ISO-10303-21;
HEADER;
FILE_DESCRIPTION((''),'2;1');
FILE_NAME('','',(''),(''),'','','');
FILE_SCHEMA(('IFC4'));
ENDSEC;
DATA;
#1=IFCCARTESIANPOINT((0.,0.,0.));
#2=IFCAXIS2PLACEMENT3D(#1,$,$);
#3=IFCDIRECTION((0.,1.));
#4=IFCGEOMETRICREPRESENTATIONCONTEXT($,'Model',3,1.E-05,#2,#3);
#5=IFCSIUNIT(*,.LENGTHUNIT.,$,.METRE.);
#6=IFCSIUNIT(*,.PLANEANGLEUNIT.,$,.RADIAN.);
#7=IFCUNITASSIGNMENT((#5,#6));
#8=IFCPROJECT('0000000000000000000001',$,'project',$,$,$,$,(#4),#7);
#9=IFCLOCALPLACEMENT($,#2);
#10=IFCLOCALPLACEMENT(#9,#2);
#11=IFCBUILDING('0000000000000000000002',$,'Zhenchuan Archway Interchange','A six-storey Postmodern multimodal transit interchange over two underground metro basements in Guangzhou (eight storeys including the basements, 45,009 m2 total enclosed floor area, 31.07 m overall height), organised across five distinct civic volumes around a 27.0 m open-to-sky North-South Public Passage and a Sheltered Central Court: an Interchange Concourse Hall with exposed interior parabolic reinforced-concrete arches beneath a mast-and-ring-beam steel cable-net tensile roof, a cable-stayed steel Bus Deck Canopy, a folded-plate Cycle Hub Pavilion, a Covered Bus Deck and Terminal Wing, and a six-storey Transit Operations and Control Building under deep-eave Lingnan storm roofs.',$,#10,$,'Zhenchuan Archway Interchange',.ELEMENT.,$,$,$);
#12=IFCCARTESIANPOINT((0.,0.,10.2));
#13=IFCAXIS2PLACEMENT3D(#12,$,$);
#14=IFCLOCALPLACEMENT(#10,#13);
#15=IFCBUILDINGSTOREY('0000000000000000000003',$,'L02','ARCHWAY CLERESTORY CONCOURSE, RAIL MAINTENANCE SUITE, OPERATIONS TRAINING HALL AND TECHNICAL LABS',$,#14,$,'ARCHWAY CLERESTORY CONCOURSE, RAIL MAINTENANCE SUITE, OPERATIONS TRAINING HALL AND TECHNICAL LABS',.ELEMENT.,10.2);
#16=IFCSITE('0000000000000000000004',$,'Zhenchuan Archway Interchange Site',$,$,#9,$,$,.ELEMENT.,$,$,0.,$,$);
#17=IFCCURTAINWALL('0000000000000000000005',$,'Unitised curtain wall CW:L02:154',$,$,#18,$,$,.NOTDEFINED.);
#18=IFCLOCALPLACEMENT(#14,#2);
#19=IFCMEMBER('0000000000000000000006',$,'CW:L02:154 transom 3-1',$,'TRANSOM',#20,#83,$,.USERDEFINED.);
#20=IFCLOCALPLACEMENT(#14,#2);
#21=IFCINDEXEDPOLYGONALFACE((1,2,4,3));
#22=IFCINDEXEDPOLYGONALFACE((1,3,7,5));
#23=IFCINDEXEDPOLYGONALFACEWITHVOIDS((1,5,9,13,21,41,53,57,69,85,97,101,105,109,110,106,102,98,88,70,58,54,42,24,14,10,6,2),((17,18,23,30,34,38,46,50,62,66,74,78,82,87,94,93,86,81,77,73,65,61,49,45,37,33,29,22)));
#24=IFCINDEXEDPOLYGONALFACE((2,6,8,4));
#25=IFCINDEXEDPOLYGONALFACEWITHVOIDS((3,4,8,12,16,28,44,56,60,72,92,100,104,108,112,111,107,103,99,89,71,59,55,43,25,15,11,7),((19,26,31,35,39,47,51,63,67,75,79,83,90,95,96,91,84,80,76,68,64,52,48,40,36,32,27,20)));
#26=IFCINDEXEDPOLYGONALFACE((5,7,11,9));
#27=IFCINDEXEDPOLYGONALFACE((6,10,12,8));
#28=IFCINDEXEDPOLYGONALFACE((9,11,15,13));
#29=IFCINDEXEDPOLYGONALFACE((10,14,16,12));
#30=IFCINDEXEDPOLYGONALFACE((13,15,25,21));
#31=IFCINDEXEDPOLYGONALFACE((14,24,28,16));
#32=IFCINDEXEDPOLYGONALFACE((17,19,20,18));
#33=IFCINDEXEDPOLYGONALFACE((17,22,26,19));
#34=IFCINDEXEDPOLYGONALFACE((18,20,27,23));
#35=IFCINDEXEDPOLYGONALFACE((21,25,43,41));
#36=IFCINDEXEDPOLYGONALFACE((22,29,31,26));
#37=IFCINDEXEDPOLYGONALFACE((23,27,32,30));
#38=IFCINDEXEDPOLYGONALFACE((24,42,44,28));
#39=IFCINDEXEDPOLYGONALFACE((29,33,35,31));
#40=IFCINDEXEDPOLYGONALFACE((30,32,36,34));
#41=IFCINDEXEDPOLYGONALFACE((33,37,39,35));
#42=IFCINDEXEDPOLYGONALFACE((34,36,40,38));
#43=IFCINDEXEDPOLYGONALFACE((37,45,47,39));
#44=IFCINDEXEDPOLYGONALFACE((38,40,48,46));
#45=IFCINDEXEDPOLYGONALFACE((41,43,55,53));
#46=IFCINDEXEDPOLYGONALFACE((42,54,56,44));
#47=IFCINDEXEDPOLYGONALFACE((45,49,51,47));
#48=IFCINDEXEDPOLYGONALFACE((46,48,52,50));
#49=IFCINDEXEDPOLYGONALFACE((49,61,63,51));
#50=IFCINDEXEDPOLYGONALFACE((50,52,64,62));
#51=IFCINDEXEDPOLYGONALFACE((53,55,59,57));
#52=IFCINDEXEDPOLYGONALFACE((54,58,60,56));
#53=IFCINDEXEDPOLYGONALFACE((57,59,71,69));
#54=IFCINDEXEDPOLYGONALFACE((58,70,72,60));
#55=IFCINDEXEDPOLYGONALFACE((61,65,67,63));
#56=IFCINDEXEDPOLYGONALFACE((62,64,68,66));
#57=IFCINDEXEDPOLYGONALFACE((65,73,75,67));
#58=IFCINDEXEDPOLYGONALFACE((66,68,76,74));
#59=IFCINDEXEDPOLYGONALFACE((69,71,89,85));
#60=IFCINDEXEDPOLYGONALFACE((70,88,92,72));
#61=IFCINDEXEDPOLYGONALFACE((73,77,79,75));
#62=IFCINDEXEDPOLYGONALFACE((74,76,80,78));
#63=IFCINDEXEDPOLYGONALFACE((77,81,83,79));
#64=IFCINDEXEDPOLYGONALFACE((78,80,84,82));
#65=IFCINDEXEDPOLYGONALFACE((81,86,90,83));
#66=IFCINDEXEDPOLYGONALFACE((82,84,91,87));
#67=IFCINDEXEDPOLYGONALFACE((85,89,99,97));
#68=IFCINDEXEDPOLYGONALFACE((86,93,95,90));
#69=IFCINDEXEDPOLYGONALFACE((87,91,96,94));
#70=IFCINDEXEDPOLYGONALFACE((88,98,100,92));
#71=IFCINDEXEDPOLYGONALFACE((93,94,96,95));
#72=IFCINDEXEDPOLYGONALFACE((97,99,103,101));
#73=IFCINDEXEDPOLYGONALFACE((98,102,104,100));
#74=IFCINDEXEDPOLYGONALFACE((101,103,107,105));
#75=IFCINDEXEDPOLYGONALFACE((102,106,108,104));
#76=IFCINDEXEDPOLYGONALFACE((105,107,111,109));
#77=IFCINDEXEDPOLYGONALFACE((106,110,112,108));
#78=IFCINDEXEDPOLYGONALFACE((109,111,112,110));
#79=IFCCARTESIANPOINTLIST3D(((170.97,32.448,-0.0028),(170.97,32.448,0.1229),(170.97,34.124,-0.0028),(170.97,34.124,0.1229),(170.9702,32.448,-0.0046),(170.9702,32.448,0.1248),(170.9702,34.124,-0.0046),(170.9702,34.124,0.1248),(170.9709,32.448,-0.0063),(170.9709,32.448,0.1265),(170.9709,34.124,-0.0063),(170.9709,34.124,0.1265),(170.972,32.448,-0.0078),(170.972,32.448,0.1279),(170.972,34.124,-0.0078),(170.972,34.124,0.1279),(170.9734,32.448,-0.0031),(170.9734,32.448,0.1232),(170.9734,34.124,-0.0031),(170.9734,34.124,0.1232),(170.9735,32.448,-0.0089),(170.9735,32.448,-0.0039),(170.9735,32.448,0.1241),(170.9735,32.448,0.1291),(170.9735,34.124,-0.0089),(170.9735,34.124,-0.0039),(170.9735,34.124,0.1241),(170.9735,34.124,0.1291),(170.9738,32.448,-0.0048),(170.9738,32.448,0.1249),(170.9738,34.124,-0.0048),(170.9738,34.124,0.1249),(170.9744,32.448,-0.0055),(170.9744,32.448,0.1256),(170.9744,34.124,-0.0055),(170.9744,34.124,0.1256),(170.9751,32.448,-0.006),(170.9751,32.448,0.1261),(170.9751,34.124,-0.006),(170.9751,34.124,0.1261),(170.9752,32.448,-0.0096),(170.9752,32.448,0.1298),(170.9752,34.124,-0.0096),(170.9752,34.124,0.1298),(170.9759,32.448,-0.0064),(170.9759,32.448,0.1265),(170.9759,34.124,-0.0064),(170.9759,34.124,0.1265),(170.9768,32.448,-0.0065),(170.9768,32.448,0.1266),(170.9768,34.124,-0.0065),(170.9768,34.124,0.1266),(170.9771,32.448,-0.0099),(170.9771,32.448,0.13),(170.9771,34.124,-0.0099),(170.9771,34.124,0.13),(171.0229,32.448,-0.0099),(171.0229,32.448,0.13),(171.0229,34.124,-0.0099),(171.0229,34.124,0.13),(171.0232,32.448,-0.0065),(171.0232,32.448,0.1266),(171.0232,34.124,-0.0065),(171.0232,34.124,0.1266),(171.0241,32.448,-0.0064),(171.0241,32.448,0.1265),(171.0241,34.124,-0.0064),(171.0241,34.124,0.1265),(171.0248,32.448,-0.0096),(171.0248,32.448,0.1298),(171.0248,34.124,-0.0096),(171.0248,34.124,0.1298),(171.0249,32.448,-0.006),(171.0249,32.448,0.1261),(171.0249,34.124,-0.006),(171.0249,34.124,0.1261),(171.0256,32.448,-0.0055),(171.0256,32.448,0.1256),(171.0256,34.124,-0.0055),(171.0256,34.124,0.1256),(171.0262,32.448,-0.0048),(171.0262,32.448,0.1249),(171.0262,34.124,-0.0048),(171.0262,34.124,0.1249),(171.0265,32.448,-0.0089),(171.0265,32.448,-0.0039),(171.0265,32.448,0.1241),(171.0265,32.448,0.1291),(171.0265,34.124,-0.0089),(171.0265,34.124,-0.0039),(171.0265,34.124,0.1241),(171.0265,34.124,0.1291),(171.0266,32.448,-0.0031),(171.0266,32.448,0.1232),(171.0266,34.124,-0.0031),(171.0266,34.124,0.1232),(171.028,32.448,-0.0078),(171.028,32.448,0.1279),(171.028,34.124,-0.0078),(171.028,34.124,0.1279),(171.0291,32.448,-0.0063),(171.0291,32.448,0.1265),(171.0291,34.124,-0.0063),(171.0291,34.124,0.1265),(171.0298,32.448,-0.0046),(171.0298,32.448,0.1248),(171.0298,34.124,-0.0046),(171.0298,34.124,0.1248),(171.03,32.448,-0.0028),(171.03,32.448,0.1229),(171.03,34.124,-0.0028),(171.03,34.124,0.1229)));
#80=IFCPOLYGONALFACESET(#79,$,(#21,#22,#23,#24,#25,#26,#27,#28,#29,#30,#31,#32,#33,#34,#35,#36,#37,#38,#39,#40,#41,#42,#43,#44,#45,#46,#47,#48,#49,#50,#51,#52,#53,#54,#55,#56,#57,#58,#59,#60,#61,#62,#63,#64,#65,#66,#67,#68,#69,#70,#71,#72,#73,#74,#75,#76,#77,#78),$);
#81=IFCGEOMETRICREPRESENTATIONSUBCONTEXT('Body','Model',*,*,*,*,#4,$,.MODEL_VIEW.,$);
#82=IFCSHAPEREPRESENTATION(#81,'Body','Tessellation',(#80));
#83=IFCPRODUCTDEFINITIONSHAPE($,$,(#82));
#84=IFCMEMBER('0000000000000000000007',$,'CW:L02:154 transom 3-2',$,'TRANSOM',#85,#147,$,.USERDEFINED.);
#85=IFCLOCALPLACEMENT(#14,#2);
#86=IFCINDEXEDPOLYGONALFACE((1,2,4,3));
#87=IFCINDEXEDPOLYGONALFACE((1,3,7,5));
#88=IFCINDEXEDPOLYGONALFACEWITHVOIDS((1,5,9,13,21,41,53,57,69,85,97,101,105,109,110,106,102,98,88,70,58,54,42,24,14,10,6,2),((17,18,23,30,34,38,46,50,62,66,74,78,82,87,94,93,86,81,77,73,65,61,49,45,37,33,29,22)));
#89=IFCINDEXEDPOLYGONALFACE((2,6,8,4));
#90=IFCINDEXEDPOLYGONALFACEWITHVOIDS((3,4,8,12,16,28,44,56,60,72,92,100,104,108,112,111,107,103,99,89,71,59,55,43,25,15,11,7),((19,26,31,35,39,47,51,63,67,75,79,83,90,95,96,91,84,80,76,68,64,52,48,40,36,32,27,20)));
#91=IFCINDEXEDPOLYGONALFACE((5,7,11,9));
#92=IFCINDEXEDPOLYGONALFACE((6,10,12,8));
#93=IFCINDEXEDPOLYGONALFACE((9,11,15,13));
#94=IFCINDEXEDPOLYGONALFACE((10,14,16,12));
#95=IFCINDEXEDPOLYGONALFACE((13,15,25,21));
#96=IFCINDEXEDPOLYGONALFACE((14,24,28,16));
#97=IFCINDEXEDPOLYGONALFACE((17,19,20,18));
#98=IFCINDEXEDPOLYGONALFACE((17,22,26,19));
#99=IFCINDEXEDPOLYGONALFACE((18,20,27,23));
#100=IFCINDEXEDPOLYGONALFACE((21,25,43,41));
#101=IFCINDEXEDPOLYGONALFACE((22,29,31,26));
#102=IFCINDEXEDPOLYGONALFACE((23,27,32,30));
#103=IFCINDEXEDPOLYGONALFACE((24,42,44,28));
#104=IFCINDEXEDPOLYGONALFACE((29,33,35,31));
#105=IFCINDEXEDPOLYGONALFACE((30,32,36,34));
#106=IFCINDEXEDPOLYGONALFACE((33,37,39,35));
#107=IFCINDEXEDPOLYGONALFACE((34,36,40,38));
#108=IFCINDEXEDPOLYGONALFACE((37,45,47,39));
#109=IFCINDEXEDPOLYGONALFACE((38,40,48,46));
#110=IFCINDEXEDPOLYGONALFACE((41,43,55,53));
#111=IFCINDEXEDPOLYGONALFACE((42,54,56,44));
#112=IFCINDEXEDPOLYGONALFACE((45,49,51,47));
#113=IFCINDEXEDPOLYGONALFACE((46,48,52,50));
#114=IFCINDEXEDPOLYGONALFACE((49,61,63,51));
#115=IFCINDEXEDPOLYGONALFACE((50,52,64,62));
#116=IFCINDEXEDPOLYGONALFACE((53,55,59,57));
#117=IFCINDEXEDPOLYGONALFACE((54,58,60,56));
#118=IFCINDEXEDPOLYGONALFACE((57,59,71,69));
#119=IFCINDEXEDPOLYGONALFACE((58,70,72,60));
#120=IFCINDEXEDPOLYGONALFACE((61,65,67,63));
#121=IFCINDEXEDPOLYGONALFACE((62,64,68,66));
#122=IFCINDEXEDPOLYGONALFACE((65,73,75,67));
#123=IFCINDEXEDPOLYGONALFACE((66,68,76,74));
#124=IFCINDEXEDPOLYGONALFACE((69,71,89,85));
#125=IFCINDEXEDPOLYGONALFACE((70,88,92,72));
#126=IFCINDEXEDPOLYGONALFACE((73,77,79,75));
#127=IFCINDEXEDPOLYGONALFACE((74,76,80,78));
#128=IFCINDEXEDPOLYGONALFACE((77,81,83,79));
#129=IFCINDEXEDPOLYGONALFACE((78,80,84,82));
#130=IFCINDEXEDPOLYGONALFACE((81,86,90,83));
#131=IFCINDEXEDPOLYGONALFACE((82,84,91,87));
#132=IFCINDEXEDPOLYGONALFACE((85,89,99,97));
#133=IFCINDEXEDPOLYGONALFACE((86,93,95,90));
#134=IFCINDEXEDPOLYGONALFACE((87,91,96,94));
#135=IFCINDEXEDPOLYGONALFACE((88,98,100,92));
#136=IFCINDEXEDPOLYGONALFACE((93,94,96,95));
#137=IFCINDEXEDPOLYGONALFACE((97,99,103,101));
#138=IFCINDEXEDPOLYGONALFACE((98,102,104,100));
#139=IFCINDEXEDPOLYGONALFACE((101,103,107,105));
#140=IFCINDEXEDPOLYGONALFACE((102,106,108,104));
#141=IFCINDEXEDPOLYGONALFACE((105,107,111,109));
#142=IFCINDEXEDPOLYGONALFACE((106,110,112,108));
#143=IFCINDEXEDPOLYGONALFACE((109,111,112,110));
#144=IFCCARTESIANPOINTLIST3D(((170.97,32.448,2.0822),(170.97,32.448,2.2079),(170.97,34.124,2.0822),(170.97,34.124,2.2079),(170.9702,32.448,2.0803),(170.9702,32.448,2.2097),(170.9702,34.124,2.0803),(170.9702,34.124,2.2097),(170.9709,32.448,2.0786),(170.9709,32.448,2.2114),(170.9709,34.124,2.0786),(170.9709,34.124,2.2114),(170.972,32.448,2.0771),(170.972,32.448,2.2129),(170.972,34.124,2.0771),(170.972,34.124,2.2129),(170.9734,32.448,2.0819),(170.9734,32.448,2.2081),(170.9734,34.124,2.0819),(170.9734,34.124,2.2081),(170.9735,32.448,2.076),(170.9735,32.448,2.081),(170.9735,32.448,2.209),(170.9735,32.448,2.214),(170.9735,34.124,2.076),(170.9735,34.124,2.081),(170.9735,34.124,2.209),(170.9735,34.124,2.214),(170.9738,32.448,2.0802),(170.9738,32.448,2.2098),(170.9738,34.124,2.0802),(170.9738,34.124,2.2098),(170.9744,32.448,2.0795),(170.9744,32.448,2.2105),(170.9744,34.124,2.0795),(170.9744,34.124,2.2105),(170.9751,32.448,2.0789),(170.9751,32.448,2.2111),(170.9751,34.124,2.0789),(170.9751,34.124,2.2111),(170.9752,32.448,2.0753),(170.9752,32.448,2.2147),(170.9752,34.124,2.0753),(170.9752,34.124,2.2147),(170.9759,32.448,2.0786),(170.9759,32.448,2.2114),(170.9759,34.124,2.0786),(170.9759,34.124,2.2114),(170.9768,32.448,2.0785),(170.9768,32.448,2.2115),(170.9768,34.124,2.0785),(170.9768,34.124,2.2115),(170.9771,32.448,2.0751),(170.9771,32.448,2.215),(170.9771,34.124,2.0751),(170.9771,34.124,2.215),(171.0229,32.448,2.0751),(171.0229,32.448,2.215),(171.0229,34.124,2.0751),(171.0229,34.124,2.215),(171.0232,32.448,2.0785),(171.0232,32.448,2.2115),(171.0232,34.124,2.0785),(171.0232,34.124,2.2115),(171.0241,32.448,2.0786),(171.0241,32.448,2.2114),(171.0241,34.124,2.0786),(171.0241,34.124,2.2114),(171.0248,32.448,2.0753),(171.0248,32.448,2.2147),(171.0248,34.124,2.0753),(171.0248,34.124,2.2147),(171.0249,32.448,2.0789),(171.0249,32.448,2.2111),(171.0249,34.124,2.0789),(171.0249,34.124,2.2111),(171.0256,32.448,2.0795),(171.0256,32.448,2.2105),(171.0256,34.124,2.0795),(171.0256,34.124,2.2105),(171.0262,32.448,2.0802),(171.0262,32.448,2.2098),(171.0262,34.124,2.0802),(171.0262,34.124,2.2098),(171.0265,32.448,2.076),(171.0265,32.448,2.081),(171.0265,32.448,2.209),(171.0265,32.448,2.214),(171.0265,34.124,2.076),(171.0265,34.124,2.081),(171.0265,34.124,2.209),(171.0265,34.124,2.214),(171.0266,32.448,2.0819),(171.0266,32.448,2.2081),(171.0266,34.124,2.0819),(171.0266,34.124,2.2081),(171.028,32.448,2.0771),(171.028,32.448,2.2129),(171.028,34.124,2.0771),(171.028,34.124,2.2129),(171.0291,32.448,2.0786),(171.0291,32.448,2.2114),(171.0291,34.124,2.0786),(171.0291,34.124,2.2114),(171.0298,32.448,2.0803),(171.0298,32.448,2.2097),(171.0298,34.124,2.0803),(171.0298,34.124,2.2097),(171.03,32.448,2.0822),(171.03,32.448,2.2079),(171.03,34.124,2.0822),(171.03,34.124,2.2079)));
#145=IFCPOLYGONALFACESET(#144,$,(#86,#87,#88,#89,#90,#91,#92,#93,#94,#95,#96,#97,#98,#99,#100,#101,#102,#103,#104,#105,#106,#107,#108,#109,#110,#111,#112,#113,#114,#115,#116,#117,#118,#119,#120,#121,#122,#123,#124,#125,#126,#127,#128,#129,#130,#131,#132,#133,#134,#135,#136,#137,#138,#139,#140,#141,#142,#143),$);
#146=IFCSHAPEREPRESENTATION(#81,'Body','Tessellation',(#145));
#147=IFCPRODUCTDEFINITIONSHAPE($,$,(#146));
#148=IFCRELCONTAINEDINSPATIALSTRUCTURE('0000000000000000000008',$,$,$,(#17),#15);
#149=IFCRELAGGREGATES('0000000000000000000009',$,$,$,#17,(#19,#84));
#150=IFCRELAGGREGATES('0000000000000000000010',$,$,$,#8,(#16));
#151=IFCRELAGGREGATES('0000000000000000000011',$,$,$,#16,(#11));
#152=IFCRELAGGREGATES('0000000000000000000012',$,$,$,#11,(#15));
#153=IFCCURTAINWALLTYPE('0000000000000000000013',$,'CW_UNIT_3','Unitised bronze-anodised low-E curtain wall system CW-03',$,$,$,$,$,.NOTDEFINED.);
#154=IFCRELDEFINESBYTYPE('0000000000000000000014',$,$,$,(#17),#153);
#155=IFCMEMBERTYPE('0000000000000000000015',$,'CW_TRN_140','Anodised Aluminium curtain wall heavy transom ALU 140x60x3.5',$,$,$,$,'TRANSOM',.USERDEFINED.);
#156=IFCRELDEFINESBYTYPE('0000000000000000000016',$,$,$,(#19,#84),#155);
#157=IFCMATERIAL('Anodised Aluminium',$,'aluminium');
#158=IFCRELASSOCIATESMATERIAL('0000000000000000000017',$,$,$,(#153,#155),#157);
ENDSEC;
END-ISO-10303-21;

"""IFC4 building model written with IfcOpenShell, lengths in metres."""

from ifc_helpers import new_model, si_unit, direction, frame, origin, origin_2d, place, context, subcontext, project, spatial, hollow_rectangle, extrude, material, material_profile, profile_set, type_object, element, aggregate, save


model = new_model("IFC4")

# Units and contexts
model_context = context("Model", 3, precision=1e-05, world=origin(), true_north=direction((0.0, 1.0)))
body_context = subcontext(model_context, "Body", "Model", "MODEL_VIEW")
ifc_project = project(units=[si_unit("LENGTHUNIT", "METRE"), si_unit("PLANEANGLEUNIT", "RADIAN")], contexts=[model_context])

# Site, building, storey
site_placement = place(None, origin())
site = spatial("IfcSite", under=ifc_project, at=site_placement, Name="Zhenchuan Archway Interchange Site", CompositionType="ELEMENT", RefElevation=0.0)
building_placement = place(site_placement, origin())
building = spatial("IfcBuilding", under=site, at=building_placement, Name="Zhenchuan Archway Interchange", Description="A six-storey Postmodern multimodal transit interchange over two underground metro basements in Guangzhou (eight storeys including the basements, 45,009 m2 total enclosed floor area, 31.07 m overall height), organised across five distinct civic volumes around a 27.0 m open-to-sky North-South Public Passage and a Sheltered Central Court: an Interchange Concourse Hall with exposed interior parabolic reinforced-concrete arches beneath a mast-and-ring-beam steel cable-net tensile roof, a cable-stayed steel Bus Deck Canopy, a folded-plate Cycle Hub Pavilion, a Covered Bus Deck and Terminal Wing, and a six-storey Transit Operations and Control Building under deep-eave Lingnan storm roofs.", LongName="Zhenchuan Archway Interchange", CompositionType="ELEMENT")
storey_placement = place(building_placement, frame((0.0, 0.0, 10.2)))
storey = spatial("IfcBuildingStorey", under=building, at=storey_placement, Name="L02", Description="ARCHWAY CLERESTORY CONCOURSE, RAIL MAINTENANCE SUITE, OPERATIONS TRAINING HALL AND TECHNICAL LABS", LongName="ARCHWAY CLERESTORY CONCOURSE, RAIL MAINTENANCE SUITE, OPERATIONS TRAINING HALL AND TECHNICAL LABS", CompositionType="ELEMENT", Elevation=10.2)

# Curtain wall, members
ifc_material_1 = material(Name="Anodised Aluminium", Category="aluminium")
curtain_wall_type = type_object("IfcCurtainWallType", Name="CW_UNIT_3", Description="Unitised bronze-anodised low-E curtain wall system CW-03", PredefinedType="NOTDEFINED", material=ifc_material_1)
curtain_wall_placement = place(storey_placement, origin())
curtain_wall = element("IfcCurtainWall", 1, at=curtain_wall_placement, inside=storey, type_object=curtain_wall_type, Name="Unitised curtain wall CW:L02:154", PredefinedType="NOTDEFINED")
ifc_material_profile_1 = material_profile(ifc_material_1, hollow_rectangle(XDim=0.0601, YDim=0.1399, WallThickness=0.0034, InnerFilletRadius=0.0034, OuterFilletRadius=0.0071, at=origin_2d()), Name="ALU 140x60x3.5")
ifc_profile_set_1 = profile_set([ifc_material_profile_1], Name="Anodised Aluminium")
member_type_1 = type_object("IfcMemberType", Name="CW_TRN_140", Description="Anodised Aluminium curtain wall heavy transom ALU 140x60x3.5", ElementType="TRANSOM", PredefinedType="USERDEFINED", material=ifc_profile_set_1)
member_1_placement = place(storey_placement, frame((171.0, 34.124, 0.0601), z_axis=(0.0, -1.0, 0.0), x_axis=(1.0, 0.0, 0.0)))
member_1 = element("IfcMember", 2, at=member_1_placement, type_object=member_type_1, Name="CW:L02:154 transom 3-1", ObjectType="TRANSOM", PredefinedType="USERDEFINED", context=body_context, shape_type="SweptSolid", body=[
    extrude(hollow_rectangle(XDim=0.0601, YDim=0.1399, WallThickness=0.0034, InnerFilletRadius=0.0034, OuterFilletRadius=0.0071, at=origin_2d()), origin(), (0.0, 0.0, 1.0), 1.676),
])
member_2_placement = place(storey_placement, frame((171.0, 34.124, 2.145), z_axis=(0.0, -1.0, 0.0), x_axis=(1.0, 0.0, 0.0)))
member_2 = element("IfcMember", 3, at=member_2_placement, type_object=member_type_1, Name="CW:L02:154 transom 3-2", ObjectType="TRANSOM", PredefinedType="USERDEFINED", context=body_context, shape_type="SweptSolid", body=[
    extrude(hollow_rectangle(XDim=0.0601, YDim=0.1399, WallThickness=0.0034, InnerFilletRadius=0.0034, OuterFilletRadius=0.0071, at=origin_2d()), origin(), (0.0, 0.0, 1.0), 1.676),
])

aggregate(curtain_wall, [member_1, member_2])

save(model, "model.ifc")
